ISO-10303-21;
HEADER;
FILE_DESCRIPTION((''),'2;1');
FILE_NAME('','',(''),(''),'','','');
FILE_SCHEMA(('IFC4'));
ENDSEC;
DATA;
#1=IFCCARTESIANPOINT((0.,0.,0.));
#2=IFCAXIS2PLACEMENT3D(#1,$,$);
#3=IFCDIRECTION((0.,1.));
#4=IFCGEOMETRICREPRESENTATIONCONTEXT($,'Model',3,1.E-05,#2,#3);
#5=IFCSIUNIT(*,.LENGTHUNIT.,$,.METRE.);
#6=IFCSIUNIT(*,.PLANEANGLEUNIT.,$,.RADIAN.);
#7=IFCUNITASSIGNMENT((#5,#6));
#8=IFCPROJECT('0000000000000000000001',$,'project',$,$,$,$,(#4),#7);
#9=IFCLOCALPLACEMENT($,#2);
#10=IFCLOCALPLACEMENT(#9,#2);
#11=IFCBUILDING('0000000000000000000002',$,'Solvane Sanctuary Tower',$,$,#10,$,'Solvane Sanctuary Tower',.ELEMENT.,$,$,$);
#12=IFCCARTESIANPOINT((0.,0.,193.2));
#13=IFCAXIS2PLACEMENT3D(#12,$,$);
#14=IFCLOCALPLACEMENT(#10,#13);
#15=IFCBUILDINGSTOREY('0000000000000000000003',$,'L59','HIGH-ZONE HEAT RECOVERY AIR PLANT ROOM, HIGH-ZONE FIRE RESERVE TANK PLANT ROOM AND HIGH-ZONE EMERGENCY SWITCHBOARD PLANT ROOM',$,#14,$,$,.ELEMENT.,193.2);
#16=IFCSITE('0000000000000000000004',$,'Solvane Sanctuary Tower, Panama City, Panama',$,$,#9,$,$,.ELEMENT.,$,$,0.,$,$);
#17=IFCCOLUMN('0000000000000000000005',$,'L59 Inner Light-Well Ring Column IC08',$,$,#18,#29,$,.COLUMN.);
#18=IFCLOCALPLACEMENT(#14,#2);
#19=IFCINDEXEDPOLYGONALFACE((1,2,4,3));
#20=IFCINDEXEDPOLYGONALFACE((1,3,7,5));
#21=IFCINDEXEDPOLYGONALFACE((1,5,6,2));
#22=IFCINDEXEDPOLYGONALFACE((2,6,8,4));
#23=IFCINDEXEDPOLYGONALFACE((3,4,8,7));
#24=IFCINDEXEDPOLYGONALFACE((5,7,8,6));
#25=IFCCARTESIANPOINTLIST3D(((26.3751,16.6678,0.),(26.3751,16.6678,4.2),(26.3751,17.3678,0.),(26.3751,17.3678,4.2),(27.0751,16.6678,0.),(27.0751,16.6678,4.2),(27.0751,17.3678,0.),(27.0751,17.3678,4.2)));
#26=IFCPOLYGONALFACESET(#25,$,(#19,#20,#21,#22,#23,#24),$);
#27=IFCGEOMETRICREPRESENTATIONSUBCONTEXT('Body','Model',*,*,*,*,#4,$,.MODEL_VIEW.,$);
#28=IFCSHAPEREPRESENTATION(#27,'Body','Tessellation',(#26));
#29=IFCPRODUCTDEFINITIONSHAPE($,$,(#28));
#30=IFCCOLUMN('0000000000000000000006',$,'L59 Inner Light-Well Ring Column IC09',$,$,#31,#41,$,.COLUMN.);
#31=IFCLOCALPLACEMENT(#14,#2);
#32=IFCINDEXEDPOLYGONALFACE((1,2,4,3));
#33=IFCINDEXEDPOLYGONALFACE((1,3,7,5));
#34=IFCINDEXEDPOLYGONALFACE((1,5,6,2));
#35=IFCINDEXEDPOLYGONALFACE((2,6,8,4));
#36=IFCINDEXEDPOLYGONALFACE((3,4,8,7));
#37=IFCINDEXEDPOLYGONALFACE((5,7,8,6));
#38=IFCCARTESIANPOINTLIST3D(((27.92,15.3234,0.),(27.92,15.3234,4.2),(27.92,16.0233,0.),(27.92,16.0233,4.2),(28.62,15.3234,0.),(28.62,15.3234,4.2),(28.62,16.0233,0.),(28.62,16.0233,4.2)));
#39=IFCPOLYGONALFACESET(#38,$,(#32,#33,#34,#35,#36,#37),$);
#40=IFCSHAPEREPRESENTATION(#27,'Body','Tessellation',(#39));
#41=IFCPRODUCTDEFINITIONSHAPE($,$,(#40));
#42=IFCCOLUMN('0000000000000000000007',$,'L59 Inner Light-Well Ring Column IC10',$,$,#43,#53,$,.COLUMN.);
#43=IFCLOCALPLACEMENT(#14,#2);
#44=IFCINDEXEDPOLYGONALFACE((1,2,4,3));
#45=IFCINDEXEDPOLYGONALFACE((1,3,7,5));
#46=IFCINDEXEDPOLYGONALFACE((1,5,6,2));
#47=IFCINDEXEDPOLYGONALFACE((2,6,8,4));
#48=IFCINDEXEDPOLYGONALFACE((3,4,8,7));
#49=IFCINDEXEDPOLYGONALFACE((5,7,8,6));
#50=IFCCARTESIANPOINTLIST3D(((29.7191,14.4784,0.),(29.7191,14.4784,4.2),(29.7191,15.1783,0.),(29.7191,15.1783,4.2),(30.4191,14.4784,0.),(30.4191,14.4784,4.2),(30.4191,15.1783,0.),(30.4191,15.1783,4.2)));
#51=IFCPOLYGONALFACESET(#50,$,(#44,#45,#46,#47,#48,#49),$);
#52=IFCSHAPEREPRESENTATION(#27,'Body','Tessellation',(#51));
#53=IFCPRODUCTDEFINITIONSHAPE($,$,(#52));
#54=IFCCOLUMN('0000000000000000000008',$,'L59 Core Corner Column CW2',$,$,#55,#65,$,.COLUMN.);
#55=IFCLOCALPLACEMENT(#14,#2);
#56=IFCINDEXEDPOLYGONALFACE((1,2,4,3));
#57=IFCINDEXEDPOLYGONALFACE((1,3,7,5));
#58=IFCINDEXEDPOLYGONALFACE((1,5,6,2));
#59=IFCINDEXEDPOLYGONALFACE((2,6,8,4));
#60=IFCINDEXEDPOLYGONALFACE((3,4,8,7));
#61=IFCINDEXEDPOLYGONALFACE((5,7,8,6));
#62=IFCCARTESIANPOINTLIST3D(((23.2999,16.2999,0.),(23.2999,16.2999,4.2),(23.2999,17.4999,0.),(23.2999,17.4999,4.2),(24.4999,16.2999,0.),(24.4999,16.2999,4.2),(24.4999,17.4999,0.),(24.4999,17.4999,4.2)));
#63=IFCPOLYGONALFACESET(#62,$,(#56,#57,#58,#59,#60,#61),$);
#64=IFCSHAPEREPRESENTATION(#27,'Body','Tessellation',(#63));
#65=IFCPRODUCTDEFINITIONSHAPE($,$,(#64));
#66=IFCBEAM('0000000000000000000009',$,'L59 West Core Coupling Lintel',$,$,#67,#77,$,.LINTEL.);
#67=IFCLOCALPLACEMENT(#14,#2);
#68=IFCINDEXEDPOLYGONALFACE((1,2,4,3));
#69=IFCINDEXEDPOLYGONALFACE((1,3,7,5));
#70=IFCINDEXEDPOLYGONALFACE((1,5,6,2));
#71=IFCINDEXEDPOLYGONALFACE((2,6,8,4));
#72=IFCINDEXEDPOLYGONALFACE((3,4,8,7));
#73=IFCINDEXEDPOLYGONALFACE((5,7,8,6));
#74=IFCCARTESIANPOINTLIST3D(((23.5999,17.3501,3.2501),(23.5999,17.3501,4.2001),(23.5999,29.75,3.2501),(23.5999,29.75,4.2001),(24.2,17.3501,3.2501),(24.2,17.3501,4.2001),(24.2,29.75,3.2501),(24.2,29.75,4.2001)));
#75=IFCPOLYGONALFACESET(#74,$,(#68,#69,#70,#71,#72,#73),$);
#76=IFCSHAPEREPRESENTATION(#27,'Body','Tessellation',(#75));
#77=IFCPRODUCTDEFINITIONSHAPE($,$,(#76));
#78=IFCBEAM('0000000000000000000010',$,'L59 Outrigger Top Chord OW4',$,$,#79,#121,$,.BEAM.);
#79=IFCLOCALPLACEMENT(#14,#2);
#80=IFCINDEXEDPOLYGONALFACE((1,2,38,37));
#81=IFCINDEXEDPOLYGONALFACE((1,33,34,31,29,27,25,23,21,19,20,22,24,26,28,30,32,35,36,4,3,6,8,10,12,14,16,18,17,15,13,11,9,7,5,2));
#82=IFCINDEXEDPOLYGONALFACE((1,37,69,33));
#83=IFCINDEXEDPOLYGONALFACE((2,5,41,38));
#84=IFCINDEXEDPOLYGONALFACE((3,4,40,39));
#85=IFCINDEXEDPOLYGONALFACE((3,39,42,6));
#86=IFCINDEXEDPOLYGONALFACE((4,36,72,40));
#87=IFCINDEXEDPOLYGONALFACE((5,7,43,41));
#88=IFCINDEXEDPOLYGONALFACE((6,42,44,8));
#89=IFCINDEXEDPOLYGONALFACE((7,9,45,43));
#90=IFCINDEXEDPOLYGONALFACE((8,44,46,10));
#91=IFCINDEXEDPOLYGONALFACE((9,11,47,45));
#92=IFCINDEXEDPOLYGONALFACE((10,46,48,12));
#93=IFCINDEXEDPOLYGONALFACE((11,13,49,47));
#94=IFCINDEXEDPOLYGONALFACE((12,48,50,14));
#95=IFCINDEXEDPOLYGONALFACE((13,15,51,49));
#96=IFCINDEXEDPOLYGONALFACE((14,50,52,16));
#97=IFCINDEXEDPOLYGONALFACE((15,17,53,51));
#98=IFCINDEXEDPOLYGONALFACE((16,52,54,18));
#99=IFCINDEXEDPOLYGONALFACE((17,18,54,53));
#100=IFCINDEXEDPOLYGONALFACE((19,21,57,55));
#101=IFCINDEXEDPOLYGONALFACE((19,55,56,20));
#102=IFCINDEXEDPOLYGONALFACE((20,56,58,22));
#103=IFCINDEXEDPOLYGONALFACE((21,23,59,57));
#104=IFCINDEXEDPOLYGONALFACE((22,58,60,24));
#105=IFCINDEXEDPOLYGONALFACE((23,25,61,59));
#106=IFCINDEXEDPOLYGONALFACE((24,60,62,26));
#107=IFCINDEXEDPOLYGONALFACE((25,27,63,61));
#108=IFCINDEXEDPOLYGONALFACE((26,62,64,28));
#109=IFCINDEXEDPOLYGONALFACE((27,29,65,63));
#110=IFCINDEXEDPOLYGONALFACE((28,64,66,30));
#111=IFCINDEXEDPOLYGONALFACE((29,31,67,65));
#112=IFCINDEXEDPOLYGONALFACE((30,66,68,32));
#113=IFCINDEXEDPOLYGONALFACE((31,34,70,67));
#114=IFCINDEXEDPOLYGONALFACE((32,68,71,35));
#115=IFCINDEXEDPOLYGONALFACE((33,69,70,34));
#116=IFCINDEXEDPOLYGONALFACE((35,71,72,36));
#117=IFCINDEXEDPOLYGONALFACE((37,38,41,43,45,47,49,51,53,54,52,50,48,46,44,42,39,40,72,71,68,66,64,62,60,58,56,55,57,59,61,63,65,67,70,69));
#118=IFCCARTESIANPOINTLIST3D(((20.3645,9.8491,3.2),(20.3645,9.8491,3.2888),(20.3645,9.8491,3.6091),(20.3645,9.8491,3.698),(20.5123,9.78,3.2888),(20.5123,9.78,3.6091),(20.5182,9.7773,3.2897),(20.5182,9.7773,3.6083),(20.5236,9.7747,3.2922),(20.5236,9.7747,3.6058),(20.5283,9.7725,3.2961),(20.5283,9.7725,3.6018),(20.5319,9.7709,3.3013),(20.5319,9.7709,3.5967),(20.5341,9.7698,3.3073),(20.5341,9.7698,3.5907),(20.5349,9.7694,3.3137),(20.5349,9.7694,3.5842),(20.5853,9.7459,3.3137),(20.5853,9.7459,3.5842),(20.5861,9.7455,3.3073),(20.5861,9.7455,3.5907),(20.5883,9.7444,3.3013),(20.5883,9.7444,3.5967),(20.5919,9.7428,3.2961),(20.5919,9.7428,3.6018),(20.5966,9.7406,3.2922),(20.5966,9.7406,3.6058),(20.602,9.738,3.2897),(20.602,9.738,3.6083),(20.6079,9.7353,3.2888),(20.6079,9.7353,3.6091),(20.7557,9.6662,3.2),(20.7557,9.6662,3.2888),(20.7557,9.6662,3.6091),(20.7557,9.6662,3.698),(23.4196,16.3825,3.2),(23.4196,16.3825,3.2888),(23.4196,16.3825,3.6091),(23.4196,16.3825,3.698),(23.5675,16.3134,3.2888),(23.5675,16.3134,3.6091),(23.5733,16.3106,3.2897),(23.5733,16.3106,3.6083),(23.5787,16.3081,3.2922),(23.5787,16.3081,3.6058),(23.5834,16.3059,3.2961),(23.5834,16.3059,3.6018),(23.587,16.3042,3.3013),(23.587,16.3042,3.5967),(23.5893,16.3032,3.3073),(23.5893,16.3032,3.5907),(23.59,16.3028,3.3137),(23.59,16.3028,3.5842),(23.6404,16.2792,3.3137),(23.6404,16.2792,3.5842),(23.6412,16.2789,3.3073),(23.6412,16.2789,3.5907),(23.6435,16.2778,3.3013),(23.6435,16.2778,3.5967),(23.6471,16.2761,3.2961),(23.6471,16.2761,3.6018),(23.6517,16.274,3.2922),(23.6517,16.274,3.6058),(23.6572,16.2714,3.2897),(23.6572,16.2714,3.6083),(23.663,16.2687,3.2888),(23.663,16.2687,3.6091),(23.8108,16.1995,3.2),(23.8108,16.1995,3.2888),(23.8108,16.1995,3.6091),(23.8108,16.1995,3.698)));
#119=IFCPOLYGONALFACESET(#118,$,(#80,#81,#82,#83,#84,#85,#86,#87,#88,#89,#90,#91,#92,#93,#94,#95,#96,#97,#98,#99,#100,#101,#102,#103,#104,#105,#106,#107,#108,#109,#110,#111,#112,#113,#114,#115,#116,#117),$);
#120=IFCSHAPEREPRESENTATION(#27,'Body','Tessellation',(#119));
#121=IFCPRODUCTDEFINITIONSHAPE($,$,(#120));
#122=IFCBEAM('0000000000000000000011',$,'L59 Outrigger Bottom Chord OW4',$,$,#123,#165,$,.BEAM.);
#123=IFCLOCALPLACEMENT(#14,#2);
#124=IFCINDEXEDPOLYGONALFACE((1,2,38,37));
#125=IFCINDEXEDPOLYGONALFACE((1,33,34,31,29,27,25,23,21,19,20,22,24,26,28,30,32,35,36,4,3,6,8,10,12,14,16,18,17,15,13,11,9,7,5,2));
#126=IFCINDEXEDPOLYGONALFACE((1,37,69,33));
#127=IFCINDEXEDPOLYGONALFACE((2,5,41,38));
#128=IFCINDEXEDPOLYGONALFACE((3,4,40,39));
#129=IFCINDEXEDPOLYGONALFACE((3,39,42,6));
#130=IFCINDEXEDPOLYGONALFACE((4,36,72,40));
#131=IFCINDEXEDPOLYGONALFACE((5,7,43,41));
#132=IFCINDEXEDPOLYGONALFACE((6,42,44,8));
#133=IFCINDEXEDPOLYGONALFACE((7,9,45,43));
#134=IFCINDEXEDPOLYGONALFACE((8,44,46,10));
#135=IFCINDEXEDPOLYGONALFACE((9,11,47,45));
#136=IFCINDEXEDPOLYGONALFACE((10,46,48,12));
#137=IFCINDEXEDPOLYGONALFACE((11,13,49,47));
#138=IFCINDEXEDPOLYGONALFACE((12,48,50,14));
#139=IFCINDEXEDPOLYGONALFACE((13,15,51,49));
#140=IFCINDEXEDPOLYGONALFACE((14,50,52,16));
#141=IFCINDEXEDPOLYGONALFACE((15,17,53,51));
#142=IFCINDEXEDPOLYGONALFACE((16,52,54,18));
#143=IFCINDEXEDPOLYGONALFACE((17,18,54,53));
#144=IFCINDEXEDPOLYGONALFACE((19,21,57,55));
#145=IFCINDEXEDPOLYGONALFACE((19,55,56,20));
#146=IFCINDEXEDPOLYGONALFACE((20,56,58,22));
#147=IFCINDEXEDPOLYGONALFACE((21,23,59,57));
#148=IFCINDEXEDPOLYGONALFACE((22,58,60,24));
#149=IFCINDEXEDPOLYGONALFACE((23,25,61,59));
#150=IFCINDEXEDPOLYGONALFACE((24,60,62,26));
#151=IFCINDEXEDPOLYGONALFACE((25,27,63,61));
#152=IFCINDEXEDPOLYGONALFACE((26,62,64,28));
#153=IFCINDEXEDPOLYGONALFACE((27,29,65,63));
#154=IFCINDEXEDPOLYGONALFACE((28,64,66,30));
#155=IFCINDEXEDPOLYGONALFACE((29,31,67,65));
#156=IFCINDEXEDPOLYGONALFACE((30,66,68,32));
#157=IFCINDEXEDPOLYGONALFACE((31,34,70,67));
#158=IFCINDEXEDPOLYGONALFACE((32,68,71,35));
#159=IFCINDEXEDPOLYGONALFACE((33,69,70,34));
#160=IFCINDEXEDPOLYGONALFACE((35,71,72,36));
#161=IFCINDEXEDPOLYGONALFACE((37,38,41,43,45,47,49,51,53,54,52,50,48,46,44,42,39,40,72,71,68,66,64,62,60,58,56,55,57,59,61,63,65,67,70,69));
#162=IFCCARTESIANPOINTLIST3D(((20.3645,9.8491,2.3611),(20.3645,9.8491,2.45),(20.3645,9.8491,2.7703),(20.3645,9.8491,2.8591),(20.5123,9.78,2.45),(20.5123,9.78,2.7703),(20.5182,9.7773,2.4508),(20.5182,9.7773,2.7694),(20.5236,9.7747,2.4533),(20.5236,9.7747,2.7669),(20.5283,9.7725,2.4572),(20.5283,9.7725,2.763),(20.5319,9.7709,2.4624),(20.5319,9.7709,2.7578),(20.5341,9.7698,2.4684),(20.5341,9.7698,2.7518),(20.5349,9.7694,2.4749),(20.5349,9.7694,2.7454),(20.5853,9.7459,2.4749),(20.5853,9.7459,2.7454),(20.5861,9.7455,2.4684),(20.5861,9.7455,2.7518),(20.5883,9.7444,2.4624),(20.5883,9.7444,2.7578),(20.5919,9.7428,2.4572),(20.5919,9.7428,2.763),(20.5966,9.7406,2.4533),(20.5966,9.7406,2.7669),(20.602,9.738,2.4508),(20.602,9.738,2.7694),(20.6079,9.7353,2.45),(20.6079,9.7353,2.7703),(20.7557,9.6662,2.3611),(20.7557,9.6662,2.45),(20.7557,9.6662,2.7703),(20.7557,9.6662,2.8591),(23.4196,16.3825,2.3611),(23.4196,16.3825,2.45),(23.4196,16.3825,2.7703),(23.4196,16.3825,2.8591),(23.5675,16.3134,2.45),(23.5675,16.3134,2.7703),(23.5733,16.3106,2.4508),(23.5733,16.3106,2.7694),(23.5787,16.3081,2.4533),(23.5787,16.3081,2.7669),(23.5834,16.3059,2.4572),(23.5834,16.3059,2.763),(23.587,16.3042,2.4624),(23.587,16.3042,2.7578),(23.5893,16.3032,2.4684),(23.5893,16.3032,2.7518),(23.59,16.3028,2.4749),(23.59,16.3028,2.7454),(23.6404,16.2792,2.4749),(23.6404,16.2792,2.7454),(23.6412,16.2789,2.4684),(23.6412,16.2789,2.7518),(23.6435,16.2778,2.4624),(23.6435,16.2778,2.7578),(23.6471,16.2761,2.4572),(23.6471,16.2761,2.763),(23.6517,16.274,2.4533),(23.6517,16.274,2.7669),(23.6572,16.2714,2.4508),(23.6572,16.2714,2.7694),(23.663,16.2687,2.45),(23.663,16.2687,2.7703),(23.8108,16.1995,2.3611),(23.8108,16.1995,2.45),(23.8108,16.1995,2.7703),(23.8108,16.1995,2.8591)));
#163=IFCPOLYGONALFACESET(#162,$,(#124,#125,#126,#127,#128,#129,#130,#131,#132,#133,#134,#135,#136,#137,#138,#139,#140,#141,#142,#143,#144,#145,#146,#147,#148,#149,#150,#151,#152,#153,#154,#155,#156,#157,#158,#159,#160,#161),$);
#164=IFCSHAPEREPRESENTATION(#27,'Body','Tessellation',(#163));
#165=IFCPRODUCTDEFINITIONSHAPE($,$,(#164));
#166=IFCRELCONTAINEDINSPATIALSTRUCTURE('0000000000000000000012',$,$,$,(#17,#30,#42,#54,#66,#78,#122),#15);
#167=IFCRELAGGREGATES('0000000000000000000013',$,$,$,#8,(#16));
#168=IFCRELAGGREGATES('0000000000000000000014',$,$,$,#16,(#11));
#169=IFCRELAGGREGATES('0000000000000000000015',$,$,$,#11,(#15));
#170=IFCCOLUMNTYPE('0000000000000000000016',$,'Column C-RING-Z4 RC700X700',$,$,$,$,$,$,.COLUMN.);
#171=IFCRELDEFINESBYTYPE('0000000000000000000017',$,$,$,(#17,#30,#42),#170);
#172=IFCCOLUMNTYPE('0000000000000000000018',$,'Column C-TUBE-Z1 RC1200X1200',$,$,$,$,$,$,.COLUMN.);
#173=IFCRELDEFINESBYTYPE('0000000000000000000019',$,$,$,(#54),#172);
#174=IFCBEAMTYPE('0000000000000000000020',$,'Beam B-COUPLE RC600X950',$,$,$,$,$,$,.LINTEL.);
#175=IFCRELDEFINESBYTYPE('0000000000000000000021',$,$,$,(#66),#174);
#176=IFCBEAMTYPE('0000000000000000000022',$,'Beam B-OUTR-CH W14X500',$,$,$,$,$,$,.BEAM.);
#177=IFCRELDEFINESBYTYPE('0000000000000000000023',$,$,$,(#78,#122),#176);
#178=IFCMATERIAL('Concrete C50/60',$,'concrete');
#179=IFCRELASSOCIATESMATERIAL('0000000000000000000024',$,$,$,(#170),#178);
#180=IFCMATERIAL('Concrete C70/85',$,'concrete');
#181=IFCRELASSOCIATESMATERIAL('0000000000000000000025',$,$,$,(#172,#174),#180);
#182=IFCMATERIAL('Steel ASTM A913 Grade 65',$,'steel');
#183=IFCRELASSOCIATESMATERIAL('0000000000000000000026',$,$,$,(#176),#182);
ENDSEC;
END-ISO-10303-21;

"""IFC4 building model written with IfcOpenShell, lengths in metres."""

from ifc_helpers import new_model, si_unit, direction, frame, origin, origin_2d, place, context, subcontext, project, spatial, rectangle, i_section, extrude, material, material_profile, profile_set, type_object, element, save


model = new_model("IFC4")

# Units and contexts
model_context = context("Model", 3, precision=1e-05, world=origin(), true_north=direction((0.0, 1.0)))
body_context = subcontext(model_context, "Body", "Model", "MODEL_VIEW")
ifc_project = project(units=[si_unit("LENGTHUNIT", "METRE"), si_unit("PLANEANGLEUNIT", "RADIAN")], contexts=[model_context])

# Site, building, storey
site_placement = place(None, origin())
site = spatial("IfcSite", under=ifc_project, at=site_placement, Name="Solvane Sanctuary Tower, Panama City, Panama", CompositionType="ELEMENT", RefElevation=0.0)
building_placement = place(site_placement, origin())
building = spatial("IfcBuilding", under=site, at=building_placement, Name="Solvane Sanctuary Tower", LongName="Solvane Sanctuary Tower", CompositionType="ELEMENT")
storey_placement = place(building_placement, frame((0.0, 0.0, 193.2)))
storey = spatial("IfcBuildingStorey", under=building, at=storey_placement, Name="L59", Description="HIGH-ZONE HEAT RECOVERY AIR PLANT ROOM, HIGH-ZONE FIRE RESERVE TANK PLANT ROOM AND HIGH-ZONE EMERGENCY SWITCHBOARD PLANT ROOM", CompositionType="ELEMENT", Elevation=193.2)

# Columns
ifc_material_1 = material(Name="Concrete C50/60", Category="concrete")
ifc_material_profile_1 = material_profile(ifc_material_1, rectangle(XDim=0.7, YDim=0.7, at=origin_2d()), Name="RC700X700")
ifc_profile_set_1 = profile_set([ifc_material_profile_1], Name="Concrete C50/60")
column_type_1 = type_object("IfcColumnType", Name="Column C-RING-Z4 RC700X700", PredefinedType="COLUMN", material=ifc_profile_set_1)
for number, where, z_axis, x_axis, name in (
    (1, (26.7251, 17.0178, 0.0), (0.0, 0.0, 1.0), (1.0, 0.0, 0.0), "L59 Inner Light-Well Ring Column IC08"),
    (2, (28.27, 15.6733, 0.0), (0.0, 0.0, 1.0), (1.0, 0.0, 0.0), "L59 Inner Light-Well Ring Column IC09"),
    (3, (30.0691, 14.8284, 0.0), (0.0, 0.0, 1.0), (1.0, 0.0, 0.0), "L59 Inner Light-Well Ring Column IC10"),
):
    element("IfcColumn", number, at=place(storey_placement, frame(where, z_axis=z_axis, x_axis=x_axis)), inside=storey, type_object=column_type_1, Name=name, PredefinedType="COLUMN", context=body_context, shape_type="SweptSolid", body=[
        extrude(rectangle(XDim=0.7, YDim=0.7, at=origin_2d()), origin(), (0.0, 0.0, 1.0), 4.2),
    ])
ifc_material_2 = material(Name="Concrete C70/85", Category="concrete")
ifc_material_profile_2 = material_profile(ifc_material_2, rectangle(XDim=1.2, YDim=1.2, at=origin_2d()), Name="RC1200X1200")
ifc_profile_set_2 = profile_set([ifc_material_profile_2], Name="Concrete C70/85")
column_type_2 = type_object("IfcColumnType", Name="Column C-TUBE-Z1 RC1200X1200", PredefinedType="COLUMN", material=ifc_profile_set_2)
column_placement = place(storey_placement, frame((23.8999, 16.8999, 0.0), z_axis=(0.0, 0.0, 1.0), x_axis=(1.0, 0.0, 0.0)))
element("IfcColumn", 4, at=column_placement, inside=storey, type_object=column_type_2, Name="L59 Core Corner Column CW2", PredefinedType="COLUMN", context=body_context, shape_type="SweptSolid", body=[
    extrude(rectangle(XDim=1.2, YDim=1.2, at=origin_2d()), origin(), (0.0, 0.0, 1.0), 4.2),
])

# Beams
ifc_material_profile_3 = material_profile(ifc_material_2, rectangle(XDim=0.6001, YDim=0.95, at=origin_2d()), Name="RC600X950")
ifc_profile_set_3 = profile_set([ifc_material_profile_3], Name="Concrete C70/85")
beam_type_1 = type_object("IfcBeamType", Name="Beam B-COUPLE RC600X950", PredefinedType="LINTEL", material=ifc_profile_set_3)
beam_1_placement = place(storey_placement, frame((23.8999, 17.3501, 3.7251), z_axis=(0.0, 1.0, 0.0), x_axis=(-1.0, 0.0, 0.0)))
element("IfcBeam", 5, at=beam_1_placement, inside=storey, type_object=beam_type_1, Name="L59 West Core Coupling Lintel", PredefinedType="LINTEL", context=body_context, shape_type="SweptSolid", body=[
    extrude(rectangle(XDim=0.6001, YDim=0.95, at=origin_2d()), origin(), (0.0, 0.0, 1.0), 12.3999),
])
ifc_material_3 = material(Name="Steel ASTM A913 Grade 65", Category="steel")
ifc_material_profile_4 = material_profile(ifc_material_3, i_section(OverallWidth=0.4319, OverallDepth=0.498, WebThickness=0.0557, FlangeThickness=0.0889, FilletRadius=0.0249, at=origin_2d()), Name="W14X500")
ifc_profile_set_4 = profile_set([ifc_material_profile_4], Name="Steel ASTM A913 Grade 65")
beam_type_2 = type_object("IfcBeamType", Name="Beam B-OUTR-CH W14X500", PredefinedType="BEAM", material=ifc_profile_set_4)
for number, where, z_axis, x_axis, name in (
    (6, (23.6152, 16.291, 3.449), (-0.423595, -0.905852, 0.0), (0.905852, -0.423595, 0.0), "L59 Outrigger Top Chord OW4"),
    (7, (23.6152, 16.291, 2.6101), (-0.423595, -0.905852, 0.0), (0.905852, -0.423595, 0.0), "L59 Outrigger Bottom Chord OW4"),
):
    element("IfcBeam", number, at=place(storey_placement, frame(where, z_axis=z_axis, x_axis=x_axis)), inside=storey, type_object=beam_type_2, Name=name, PredefinedType="BEAM", context=body_context, shape_type="SweptSolid", body=[
        extrude(i_section(OverallWidth=0.4319, OverallDepth=0.498, WebThickness=0.0557, FlangeThickness=0.0889, FilletRadius=0.0249, at=origin_2d()), origin(), (0.0, 0.0, 1.0), 7.2124),
    ])

save(model, "model.ifc")
